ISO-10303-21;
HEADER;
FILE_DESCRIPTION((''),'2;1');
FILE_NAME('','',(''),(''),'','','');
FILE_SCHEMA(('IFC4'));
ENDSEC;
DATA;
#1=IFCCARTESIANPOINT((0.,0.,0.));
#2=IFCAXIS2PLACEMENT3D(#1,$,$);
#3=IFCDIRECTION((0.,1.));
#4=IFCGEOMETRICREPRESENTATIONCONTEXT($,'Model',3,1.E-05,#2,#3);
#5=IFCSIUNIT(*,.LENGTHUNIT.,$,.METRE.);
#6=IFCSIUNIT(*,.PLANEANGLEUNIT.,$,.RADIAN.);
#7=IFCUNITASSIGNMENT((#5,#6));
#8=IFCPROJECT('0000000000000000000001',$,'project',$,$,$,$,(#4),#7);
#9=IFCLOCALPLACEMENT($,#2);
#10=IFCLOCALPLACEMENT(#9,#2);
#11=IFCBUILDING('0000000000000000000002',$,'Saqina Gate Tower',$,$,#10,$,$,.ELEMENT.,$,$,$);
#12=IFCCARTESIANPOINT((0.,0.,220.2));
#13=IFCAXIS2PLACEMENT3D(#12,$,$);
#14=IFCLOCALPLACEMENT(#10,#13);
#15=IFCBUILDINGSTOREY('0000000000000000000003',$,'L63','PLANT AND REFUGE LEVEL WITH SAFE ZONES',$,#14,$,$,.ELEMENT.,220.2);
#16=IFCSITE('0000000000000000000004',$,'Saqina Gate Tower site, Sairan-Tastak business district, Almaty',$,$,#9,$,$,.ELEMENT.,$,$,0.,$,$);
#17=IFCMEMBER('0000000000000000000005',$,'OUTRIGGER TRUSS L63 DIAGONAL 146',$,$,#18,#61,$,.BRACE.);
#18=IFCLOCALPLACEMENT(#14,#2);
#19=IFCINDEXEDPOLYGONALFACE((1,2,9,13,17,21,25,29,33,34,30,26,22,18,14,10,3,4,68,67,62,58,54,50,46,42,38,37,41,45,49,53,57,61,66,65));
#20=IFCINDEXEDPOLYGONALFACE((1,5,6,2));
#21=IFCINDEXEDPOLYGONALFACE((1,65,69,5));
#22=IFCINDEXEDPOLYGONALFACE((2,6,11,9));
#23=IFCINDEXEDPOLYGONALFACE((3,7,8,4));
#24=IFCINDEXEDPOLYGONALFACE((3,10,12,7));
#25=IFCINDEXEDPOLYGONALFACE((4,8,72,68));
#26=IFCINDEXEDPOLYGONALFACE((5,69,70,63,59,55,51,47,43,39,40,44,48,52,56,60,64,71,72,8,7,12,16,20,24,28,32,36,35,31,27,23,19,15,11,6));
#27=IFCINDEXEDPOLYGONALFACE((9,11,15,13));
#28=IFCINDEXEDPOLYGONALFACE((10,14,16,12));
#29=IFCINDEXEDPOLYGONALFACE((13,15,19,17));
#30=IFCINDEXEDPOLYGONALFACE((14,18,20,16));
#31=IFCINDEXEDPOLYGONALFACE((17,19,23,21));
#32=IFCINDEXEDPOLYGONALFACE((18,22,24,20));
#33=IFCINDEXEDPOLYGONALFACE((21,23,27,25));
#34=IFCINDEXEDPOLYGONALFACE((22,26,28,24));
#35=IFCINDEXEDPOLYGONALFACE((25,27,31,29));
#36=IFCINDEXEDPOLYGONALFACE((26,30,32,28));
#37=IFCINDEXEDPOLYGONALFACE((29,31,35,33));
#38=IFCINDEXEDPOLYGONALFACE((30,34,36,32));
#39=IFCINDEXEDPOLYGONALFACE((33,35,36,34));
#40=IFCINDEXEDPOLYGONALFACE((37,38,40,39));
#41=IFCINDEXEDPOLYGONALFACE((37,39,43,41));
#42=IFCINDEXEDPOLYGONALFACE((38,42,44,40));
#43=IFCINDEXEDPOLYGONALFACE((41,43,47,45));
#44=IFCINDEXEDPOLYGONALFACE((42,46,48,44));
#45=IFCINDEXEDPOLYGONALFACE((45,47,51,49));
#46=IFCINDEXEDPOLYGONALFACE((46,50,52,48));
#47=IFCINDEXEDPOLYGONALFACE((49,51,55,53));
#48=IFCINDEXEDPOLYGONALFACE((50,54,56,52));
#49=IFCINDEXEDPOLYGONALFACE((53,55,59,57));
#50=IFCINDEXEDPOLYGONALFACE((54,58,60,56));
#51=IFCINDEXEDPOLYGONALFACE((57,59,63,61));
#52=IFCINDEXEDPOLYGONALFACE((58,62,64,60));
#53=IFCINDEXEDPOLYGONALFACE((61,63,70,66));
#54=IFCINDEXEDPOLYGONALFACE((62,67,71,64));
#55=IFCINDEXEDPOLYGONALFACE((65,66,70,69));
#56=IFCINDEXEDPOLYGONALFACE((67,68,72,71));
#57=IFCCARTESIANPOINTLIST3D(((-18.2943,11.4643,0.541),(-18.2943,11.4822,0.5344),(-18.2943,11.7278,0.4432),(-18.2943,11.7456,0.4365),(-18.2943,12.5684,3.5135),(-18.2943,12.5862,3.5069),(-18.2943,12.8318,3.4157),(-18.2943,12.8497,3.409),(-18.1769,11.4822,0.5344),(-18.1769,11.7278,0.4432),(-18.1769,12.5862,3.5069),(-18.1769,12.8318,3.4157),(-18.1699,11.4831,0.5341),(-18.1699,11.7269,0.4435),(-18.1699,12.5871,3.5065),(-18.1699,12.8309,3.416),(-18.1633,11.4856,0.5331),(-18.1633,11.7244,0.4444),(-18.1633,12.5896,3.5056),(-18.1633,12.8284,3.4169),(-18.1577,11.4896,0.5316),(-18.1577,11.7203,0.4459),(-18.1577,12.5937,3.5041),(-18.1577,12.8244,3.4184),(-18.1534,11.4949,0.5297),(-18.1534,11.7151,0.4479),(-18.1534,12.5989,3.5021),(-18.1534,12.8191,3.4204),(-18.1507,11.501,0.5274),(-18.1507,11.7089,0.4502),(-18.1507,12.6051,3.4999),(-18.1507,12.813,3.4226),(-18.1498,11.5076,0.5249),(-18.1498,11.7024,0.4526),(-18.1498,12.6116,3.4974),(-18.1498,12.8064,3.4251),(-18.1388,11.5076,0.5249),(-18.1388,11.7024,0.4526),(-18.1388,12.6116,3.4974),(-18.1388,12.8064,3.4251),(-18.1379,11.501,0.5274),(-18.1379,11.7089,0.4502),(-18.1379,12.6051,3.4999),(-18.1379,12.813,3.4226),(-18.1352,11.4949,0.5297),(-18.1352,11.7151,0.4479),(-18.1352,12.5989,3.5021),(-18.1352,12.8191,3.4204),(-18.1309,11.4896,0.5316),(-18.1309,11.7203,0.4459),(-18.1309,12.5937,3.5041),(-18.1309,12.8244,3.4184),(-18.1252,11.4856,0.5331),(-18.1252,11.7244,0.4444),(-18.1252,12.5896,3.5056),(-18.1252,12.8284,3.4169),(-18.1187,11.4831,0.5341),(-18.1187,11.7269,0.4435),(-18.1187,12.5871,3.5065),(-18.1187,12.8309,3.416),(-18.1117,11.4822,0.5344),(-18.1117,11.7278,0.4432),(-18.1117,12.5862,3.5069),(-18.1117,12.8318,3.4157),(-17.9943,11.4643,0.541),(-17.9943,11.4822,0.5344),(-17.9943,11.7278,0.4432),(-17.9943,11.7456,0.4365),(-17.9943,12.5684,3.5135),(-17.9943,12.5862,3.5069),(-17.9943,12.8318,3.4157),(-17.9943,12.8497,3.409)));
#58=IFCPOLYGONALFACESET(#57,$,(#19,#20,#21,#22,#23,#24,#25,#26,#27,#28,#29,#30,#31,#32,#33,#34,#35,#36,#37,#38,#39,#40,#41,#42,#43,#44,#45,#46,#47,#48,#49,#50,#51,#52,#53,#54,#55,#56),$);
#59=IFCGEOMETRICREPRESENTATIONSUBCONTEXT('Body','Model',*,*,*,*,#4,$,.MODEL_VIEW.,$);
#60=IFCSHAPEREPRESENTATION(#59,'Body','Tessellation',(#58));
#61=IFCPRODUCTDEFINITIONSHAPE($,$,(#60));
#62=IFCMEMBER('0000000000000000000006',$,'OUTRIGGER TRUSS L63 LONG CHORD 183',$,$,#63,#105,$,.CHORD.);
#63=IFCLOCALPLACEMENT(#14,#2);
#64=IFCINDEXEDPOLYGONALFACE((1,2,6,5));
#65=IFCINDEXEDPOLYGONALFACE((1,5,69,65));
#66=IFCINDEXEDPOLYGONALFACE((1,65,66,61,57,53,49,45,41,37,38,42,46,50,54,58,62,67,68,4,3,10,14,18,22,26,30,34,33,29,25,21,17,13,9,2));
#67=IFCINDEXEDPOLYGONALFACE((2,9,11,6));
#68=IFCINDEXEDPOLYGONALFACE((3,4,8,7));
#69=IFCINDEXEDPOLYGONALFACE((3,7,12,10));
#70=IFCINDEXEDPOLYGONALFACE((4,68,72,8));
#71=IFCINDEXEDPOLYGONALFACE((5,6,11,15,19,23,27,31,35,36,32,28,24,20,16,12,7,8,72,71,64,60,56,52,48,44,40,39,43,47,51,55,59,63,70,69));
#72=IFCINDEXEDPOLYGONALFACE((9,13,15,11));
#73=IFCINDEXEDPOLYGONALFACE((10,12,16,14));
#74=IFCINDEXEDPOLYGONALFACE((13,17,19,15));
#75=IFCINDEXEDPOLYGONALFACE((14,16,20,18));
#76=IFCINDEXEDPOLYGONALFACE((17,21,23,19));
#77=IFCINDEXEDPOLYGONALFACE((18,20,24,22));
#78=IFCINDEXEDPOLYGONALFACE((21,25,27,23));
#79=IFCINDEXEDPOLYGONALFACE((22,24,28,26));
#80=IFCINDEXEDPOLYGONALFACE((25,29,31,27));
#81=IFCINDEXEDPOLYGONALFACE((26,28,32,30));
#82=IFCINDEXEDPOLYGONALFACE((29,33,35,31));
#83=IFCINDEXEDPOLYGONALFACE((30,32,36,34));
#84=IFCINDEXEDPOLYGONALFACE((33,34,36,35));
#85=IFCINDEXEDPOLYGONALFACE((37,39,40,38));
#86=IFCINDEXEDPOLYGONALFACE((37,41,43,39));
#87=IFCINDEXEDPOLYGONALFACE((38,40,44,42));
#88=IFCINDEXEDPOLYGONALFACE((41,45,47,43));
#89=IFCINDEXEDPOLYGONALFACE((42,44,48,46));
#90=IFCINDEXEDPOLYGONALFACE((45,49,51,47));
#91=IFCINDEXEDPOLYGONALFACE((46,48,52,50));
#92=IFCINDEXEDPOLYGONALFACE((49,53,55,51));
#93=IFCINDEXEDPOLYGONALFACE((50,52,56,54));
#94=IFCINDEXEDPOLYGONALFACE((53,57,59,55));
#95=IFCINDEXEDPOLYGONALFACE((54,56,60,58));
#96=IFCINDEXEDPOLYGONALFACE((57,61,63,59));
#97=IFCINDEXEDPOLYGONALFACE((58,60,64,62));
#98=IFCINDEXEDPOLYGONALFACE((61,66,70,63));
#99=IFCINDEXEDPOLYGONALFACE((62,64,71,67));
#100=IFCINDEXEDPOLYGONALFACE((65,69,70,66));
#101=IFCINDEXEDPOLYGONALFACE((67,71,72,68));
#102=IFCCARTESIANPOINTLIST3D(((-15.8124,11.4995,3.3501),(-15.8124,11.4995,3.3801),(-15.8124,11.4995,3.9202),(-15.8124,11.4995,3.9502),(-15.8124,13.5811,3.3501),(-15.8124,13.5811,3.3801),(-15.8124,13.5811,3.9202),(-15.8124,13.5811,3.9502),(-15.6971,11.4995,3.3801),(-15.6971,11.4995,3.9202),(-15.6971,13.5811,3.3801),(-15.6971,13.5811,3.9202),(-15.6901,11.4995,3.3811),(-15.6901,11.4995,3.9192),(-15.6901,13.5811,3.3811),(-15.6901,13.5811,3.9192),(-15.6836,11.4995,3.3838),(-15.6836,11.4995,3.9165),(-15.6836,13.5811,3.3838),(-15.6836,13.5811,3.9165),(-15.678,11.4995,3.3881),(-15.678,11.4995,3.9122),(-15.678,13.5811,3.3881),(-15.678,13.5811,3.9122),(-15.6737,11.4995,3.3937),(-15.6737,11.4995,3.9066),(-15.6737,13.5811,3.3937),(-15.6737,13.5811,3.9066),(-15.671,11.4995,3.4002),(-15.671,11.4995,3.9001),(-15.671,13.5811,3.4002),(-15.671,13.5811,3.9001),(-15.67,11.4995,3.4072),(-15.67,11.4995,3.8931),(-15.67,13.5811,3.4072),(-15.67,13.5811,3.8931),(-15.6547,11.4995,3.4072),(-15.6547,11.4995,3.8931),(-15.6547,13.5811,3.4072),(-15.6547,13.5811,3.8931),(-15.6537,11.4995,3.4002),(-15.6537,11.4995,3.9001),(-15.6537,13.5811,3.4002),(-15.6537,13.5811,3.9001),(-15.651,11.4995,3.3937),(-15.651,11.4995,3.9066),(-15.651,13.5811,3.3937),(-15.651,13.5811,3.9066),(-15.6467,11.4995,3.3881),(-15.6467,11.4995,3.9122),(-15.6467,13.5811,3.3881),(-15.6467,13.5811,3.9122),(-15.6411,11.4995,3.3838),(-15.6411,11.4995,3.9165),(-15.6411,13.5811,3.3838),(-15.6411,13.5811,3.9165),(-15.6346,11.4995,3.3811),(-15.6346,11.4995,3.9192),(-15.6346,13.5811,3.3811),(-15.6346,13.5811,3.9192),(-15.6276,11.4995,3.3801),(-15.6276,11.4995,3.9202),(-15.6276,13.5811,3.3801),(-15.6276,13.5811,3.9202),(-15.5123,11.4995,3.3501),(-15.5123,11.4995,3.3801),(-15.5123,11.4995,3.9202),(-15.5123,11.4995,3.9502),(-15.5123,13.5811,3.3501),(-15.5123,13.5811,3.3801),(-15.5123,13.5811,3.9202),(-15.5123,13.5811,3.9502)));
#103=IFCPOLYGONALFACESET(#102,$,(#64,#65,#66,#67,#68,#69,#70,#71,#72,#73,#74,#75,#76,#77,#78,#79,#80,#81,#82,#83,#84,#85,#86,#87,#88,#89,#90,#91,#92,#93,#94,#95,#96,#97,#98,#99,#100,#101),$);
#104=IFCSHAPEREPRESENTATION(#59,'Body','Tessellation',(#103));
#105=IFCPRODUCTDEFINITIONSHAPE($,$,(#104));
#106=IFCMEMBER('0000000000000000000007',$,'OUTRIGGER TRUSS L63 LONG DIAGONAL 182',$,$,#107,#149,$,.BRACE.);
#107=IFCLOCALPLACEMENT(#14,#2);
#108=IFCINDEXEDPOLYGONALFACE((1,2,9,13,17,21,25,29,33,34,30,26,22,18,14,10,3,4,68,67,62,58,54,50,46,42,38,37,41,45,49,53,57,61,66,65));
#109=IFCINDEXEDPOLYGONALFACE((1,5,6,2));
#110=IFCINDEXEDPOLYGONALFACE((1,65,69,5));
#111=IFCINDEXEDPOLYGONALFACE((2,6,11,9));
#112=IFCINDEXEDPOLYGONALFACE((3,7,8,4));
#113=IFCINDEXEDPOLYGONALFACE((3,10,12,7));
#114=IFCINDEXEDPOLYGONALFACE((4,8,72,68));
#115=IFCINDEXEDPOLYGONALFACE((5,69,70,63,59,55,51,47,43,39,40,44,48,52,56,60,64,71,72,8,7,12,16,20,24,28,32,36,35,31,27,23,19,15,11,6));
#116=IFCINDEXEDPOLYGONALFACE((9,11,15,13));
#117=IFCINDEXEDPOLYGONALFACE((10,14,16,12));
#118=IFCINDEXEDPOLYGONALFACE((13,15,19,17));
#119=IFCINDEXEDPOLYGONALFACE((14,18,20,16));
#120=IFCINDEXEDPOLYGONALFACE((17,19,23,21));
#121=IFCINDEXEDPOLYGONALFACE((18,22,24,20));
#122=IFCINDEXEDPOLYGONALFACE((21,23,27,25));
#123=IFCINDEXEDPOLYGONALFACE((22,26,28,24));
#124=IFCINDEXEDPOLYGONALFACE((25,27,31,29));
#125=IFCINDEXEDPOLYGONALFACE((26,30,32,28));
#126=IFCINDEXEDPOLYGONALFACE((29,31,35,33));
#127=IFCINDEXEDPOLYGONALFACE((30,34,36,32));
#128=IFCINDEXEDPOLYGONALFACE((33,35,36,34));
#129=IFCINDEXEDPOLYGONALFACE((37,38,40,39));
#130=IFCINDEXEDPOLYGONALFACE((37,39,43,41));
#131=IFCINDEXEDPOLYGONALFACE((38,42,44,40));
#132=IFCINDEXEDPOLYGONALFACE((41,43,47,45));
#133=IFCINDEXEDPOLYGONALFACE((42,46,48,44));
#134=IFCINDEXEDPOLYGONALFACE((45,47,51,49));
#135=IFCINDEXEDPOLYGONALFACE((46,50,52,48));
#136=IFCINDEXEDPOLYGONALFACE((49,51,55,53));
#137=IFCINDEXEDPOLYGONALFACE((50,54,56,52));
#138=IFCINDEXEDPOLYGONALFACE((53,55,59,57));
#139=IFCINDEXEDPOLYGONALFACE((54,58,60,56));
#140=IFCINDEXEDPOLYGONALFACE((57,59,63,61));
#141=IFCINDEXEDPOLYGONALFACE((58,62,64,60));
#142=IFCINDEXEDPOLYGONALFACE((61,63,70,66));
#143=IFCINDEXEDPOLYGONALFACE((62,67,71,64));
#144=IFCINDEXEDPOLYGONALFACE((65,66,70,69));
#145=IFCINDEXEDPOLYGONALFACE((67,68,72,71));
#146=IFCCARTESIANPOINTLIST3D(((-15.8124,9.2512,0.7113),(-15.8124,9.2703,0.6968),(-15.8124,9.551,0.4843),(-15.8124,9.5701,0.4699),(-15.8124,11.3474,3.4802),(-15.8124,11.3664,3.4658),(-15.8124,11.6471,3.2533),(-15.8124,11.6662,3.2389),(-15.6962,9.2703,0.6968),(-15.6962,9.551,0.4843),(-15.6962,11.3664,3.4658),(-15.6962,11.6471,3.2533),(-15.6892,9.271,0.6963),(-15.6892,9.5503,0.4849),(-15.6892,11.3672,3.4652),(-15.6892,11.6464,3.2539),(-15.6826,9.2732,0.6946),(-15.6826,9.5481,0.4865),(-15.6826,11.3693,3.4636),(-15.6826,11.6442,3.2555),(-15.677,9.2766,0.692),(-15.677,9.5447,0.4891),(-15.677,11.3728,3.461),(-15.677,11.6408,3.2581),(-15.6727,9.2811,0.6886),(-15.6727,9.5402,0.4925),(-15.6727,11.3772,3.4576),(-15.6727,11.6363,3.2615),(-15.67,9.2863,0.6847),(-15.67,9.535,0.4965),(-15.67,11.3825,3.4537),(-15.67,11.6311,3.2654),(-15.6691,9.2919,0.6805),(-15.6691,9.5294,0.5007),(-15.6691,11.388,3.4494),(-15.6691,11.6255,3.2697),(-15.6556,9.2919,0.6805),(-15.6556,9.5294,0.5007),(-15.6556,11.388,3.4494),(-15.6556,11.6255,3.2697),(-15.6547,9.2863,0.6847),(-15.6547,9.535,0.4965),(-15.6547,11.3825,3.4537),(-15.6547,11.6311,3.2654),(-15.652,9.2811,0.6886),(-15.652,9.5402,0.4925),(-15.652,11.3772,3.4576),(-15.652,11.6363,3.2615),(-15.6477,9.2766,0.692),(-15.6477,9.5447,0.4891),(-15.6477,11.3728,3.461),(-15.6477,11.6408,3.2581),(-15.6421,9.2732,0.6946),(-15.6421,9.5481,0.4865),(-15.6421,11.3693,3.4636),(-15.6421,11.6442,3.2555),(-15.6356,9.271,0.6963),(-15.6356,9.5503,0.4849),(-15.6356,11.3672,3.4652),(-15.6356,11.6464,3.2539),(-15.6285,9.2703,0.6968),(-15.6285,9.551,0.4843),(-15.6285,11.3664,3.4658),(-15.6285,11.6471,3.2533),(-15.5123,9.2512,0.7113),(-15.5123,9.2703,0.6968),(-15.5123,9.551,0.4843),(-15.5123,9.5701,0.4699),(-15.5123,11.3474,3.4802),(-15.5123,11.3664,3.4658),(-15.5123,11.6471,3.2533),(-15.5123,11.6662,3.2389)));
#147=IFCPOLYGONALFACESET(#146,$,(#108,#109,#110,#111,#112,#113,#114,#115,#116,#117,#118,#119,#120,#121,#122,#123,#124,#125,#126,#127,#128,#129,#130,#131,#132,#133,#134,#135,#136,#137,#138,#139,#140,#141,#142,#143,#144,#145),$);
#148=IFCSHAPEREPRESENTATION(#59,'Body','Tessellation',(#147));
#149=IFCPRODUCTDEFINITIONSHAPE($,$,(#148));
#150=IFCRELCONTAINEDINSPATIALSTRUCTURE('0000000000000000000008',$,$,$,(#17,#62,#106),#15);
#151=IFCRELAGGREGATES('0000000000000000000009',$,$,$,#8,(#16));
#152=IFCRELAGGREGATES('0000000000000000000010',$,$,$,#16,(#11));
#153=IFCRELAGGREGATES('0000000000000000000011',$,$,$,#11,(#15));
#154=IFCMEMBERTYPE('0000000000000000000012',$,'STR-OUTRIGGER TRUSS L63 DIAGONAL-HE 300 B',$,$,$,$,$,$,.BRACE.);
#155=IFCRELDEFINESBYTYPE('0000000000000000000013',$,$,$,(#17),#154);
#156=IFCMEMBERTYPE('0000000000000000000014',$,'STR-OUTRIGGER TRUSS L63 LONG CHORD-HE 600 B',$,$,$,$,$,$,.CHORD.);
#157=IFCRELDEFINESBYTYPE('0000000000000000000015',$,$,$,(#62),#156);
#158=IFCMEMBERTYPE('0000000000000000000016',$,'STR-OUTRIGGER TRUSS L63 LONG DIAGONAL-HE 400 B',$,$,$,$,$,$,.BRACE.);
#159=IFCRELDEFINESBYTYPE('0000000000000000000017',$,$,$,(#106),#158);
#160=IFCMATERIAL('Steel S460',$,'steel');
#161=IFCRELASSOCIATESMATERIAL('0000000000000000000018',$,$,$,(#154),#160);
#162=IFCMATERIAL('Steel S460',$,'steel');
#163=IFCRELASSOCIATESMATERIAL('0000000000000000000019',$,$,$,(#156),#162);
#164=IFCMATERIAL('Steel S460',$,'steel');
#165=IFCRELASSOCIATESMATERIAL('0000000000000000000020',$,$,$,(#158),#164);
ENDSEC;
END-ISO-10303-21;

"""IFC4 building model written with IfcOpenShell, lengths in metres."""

from ifc_helpers import new_model, si_unit, direction, frame, origin, origin_2d, place, context, subcontext, project, spatial, i_section, extrude, material, material_profile, profile_set, type_object, element, save


model = new_model("IFC4")

# Units and contexts
model_context = context("Model", 3, precision=1e-05, world=origin(), true_north=direction((0.0, 1.0)))
body_context = subcontext(model_context, "Body", "Model", "MODEL_VIEW")
ifc_project = project(units=[si_unit("LENGTHUNIT", "METRE"), si_unit("PLANEANGLEUNIT", "RADIAN")], contexts=[model_context])

# Site, building, storey
site_placement = place(None, origin())
site = spatial("IfcSite", under=ifc_project, at=site_placement, Name="Saqina Gate Tower site, Sairan-Tastak business district, Almaty", CompositionType="ELEMENT", RefElevation=0.0)
building_placement = place(site_placement, origin())
building = spatial("IfcBuilding", under=site, at=building_placement, Name="Saqina Gate Tower", CompositionType="ELEMENT")
storey_placement = place(building_placement, frame((0.0, 0.0, 220.2)))
storey = spatial("IfcBuildingStorey", under=building, at=storey_placement, Name="L63", Description="PLANT AND REFUGE LEVEL WITH SAFE ZONES", CompositionType="ELEMENT", Elevation=220.2)

# Members
ifc_material_1 = material(Name="Steel S460", Category="steel")
ifc_material_profile_1 = material_profile(ifc_material_1, i_section(OverallWidth=0.3, OverallDepth=0.3, WebThickness=0.011, FlangeThickness=0.019, FilletRadius=0.0271, at=origin_2d()), Name="HE 300 B")
ifc_profile_set_1 = profile_set([ifc_material_profile_1], Name="Steel S460")
member_type_1 = type_object("IfcMemberType", Name="STR-OUTRIGGER TRUSS L63 DIAGONAL-HE 300 B", PredefinedType="BRACE", material=ifc_profile_set_1)
for number, where, z_axis, x_axis, name in (
    (1, (-18.1443, 11.605, 0.4888), (0.0, 0.348177, 0.937429), (-1.0, 0.0, 0.0), "OUTRIGGER TRUSS L63 DIAGONAL 146"),
):
    element("IfcMember", number, at=place(storey_placement, frame(where, z_axis=z_axis, x_axis=x_axis)), inside=storey, type_object=member_type_1, Name=name, PredefinedType="BRACE", context=body_context, shape_type="SweptSolid", body=[
        extrude(i_section(OverallWidth=0.3, OverallDepth=0.3, WebThickness=0.011, FlangeThickness=0.019, FilletRadius=0.0271, at=origin_2d()), origin(), (0.0, 0.0, 1.0), 3.1709),
    ])
ifc_material_2 = material(Name="Steel S460", Category="steel")
ifc_material_profile_2 = material_profile(ifc_material_2, i_section(OverallWidth=0.3, OverallDepth=0.6001, WebThickness=0.0154, FlangeThickness=0.03, FilletRadius=0.0271, at=origin_2d()), Name="HE 600 B")
ifc_profile_set_2 = profile_set([ifc_material_profile_2], Name="Steel S460")
member_type_2 = type_object("IfcMemberType", Name="STR-OUTRIGGER TRUSS L63 LONG CHORD-HE 600 B", PredefinedType="CHORD", material=ifc_profile_set_2)
member_1_placement = place(storey_placement, frame((-15.6624, 11.4995, 3.6501), z_axis=(0.0, 1.0, 0.0), x_axis=(-1.0, 0.0, 0.0)))
element("IfcMember", 2, at=member_1_placement, inside=storey, type_object=member_type_2, Name="OUTRIGGER TRUSS L63 LONG CHORD 183", PredefinedType="CHORD", context=body_context, shape_type="SweptSolid", body=[
    extrude(i_section(OverallWidth=0.3, OverallDepth=0.6001, WebThickness=0.0154, FlangeThickness=0.03, FilletRadius=0.0271, at=origin_2d()), origin(), (0.0, 0.0, 1.0), 2.0815),
])
ifc_material_3 = material(Name="Steel S460", Category="steel")
ifc_material_profile_3 = material_profile(ifc_material_3, i_section(OverallWidth=0.3, OverallDepth=0.3999, WebThickness=0.0134, FlangeThickness=0.0239, FilletRadius=0.0271, at=origin_2d()), Name="HE 400 B")
ifc_profile_set_3 = profile_set([ifc_material_profile_3], Name="Steel S460")
member_type_3 = type_object("IfcMemberType", Name="STR-OUTRIGGER TRUSS L63 LONG DIAGONAL-HE 400 B", PredefinedType="BRACE", material=ifc_profile_set_3)
member_2_placement = place(storey_placement, frame((-15.6624, 9.4106, 0.5906), z_axis=(0.0, 0.603571, 0.797309), x_axis=(-1.0, 0.0, 0.0)))
element("IfcMember", 3, at=member_2_placement, inside=storey, type_object=member_type_3, Name="OUTRIGGER TRUSS L63 LONG DIAGONAL 182", PredefinedType="BRACE", context=body_context, shape_type="SweptSolid", body=[
    extrude(i_section(OverallWidth=0.3, OverallDepth=0.3999, WebThickness=0.0134, FlangeThickness=0.0239, FilletRadius=0.0271, at=origin_2d()), origin(), (0.0, 0.0, 1.0), 3.4729),
])

save(model, "model.ifc")
